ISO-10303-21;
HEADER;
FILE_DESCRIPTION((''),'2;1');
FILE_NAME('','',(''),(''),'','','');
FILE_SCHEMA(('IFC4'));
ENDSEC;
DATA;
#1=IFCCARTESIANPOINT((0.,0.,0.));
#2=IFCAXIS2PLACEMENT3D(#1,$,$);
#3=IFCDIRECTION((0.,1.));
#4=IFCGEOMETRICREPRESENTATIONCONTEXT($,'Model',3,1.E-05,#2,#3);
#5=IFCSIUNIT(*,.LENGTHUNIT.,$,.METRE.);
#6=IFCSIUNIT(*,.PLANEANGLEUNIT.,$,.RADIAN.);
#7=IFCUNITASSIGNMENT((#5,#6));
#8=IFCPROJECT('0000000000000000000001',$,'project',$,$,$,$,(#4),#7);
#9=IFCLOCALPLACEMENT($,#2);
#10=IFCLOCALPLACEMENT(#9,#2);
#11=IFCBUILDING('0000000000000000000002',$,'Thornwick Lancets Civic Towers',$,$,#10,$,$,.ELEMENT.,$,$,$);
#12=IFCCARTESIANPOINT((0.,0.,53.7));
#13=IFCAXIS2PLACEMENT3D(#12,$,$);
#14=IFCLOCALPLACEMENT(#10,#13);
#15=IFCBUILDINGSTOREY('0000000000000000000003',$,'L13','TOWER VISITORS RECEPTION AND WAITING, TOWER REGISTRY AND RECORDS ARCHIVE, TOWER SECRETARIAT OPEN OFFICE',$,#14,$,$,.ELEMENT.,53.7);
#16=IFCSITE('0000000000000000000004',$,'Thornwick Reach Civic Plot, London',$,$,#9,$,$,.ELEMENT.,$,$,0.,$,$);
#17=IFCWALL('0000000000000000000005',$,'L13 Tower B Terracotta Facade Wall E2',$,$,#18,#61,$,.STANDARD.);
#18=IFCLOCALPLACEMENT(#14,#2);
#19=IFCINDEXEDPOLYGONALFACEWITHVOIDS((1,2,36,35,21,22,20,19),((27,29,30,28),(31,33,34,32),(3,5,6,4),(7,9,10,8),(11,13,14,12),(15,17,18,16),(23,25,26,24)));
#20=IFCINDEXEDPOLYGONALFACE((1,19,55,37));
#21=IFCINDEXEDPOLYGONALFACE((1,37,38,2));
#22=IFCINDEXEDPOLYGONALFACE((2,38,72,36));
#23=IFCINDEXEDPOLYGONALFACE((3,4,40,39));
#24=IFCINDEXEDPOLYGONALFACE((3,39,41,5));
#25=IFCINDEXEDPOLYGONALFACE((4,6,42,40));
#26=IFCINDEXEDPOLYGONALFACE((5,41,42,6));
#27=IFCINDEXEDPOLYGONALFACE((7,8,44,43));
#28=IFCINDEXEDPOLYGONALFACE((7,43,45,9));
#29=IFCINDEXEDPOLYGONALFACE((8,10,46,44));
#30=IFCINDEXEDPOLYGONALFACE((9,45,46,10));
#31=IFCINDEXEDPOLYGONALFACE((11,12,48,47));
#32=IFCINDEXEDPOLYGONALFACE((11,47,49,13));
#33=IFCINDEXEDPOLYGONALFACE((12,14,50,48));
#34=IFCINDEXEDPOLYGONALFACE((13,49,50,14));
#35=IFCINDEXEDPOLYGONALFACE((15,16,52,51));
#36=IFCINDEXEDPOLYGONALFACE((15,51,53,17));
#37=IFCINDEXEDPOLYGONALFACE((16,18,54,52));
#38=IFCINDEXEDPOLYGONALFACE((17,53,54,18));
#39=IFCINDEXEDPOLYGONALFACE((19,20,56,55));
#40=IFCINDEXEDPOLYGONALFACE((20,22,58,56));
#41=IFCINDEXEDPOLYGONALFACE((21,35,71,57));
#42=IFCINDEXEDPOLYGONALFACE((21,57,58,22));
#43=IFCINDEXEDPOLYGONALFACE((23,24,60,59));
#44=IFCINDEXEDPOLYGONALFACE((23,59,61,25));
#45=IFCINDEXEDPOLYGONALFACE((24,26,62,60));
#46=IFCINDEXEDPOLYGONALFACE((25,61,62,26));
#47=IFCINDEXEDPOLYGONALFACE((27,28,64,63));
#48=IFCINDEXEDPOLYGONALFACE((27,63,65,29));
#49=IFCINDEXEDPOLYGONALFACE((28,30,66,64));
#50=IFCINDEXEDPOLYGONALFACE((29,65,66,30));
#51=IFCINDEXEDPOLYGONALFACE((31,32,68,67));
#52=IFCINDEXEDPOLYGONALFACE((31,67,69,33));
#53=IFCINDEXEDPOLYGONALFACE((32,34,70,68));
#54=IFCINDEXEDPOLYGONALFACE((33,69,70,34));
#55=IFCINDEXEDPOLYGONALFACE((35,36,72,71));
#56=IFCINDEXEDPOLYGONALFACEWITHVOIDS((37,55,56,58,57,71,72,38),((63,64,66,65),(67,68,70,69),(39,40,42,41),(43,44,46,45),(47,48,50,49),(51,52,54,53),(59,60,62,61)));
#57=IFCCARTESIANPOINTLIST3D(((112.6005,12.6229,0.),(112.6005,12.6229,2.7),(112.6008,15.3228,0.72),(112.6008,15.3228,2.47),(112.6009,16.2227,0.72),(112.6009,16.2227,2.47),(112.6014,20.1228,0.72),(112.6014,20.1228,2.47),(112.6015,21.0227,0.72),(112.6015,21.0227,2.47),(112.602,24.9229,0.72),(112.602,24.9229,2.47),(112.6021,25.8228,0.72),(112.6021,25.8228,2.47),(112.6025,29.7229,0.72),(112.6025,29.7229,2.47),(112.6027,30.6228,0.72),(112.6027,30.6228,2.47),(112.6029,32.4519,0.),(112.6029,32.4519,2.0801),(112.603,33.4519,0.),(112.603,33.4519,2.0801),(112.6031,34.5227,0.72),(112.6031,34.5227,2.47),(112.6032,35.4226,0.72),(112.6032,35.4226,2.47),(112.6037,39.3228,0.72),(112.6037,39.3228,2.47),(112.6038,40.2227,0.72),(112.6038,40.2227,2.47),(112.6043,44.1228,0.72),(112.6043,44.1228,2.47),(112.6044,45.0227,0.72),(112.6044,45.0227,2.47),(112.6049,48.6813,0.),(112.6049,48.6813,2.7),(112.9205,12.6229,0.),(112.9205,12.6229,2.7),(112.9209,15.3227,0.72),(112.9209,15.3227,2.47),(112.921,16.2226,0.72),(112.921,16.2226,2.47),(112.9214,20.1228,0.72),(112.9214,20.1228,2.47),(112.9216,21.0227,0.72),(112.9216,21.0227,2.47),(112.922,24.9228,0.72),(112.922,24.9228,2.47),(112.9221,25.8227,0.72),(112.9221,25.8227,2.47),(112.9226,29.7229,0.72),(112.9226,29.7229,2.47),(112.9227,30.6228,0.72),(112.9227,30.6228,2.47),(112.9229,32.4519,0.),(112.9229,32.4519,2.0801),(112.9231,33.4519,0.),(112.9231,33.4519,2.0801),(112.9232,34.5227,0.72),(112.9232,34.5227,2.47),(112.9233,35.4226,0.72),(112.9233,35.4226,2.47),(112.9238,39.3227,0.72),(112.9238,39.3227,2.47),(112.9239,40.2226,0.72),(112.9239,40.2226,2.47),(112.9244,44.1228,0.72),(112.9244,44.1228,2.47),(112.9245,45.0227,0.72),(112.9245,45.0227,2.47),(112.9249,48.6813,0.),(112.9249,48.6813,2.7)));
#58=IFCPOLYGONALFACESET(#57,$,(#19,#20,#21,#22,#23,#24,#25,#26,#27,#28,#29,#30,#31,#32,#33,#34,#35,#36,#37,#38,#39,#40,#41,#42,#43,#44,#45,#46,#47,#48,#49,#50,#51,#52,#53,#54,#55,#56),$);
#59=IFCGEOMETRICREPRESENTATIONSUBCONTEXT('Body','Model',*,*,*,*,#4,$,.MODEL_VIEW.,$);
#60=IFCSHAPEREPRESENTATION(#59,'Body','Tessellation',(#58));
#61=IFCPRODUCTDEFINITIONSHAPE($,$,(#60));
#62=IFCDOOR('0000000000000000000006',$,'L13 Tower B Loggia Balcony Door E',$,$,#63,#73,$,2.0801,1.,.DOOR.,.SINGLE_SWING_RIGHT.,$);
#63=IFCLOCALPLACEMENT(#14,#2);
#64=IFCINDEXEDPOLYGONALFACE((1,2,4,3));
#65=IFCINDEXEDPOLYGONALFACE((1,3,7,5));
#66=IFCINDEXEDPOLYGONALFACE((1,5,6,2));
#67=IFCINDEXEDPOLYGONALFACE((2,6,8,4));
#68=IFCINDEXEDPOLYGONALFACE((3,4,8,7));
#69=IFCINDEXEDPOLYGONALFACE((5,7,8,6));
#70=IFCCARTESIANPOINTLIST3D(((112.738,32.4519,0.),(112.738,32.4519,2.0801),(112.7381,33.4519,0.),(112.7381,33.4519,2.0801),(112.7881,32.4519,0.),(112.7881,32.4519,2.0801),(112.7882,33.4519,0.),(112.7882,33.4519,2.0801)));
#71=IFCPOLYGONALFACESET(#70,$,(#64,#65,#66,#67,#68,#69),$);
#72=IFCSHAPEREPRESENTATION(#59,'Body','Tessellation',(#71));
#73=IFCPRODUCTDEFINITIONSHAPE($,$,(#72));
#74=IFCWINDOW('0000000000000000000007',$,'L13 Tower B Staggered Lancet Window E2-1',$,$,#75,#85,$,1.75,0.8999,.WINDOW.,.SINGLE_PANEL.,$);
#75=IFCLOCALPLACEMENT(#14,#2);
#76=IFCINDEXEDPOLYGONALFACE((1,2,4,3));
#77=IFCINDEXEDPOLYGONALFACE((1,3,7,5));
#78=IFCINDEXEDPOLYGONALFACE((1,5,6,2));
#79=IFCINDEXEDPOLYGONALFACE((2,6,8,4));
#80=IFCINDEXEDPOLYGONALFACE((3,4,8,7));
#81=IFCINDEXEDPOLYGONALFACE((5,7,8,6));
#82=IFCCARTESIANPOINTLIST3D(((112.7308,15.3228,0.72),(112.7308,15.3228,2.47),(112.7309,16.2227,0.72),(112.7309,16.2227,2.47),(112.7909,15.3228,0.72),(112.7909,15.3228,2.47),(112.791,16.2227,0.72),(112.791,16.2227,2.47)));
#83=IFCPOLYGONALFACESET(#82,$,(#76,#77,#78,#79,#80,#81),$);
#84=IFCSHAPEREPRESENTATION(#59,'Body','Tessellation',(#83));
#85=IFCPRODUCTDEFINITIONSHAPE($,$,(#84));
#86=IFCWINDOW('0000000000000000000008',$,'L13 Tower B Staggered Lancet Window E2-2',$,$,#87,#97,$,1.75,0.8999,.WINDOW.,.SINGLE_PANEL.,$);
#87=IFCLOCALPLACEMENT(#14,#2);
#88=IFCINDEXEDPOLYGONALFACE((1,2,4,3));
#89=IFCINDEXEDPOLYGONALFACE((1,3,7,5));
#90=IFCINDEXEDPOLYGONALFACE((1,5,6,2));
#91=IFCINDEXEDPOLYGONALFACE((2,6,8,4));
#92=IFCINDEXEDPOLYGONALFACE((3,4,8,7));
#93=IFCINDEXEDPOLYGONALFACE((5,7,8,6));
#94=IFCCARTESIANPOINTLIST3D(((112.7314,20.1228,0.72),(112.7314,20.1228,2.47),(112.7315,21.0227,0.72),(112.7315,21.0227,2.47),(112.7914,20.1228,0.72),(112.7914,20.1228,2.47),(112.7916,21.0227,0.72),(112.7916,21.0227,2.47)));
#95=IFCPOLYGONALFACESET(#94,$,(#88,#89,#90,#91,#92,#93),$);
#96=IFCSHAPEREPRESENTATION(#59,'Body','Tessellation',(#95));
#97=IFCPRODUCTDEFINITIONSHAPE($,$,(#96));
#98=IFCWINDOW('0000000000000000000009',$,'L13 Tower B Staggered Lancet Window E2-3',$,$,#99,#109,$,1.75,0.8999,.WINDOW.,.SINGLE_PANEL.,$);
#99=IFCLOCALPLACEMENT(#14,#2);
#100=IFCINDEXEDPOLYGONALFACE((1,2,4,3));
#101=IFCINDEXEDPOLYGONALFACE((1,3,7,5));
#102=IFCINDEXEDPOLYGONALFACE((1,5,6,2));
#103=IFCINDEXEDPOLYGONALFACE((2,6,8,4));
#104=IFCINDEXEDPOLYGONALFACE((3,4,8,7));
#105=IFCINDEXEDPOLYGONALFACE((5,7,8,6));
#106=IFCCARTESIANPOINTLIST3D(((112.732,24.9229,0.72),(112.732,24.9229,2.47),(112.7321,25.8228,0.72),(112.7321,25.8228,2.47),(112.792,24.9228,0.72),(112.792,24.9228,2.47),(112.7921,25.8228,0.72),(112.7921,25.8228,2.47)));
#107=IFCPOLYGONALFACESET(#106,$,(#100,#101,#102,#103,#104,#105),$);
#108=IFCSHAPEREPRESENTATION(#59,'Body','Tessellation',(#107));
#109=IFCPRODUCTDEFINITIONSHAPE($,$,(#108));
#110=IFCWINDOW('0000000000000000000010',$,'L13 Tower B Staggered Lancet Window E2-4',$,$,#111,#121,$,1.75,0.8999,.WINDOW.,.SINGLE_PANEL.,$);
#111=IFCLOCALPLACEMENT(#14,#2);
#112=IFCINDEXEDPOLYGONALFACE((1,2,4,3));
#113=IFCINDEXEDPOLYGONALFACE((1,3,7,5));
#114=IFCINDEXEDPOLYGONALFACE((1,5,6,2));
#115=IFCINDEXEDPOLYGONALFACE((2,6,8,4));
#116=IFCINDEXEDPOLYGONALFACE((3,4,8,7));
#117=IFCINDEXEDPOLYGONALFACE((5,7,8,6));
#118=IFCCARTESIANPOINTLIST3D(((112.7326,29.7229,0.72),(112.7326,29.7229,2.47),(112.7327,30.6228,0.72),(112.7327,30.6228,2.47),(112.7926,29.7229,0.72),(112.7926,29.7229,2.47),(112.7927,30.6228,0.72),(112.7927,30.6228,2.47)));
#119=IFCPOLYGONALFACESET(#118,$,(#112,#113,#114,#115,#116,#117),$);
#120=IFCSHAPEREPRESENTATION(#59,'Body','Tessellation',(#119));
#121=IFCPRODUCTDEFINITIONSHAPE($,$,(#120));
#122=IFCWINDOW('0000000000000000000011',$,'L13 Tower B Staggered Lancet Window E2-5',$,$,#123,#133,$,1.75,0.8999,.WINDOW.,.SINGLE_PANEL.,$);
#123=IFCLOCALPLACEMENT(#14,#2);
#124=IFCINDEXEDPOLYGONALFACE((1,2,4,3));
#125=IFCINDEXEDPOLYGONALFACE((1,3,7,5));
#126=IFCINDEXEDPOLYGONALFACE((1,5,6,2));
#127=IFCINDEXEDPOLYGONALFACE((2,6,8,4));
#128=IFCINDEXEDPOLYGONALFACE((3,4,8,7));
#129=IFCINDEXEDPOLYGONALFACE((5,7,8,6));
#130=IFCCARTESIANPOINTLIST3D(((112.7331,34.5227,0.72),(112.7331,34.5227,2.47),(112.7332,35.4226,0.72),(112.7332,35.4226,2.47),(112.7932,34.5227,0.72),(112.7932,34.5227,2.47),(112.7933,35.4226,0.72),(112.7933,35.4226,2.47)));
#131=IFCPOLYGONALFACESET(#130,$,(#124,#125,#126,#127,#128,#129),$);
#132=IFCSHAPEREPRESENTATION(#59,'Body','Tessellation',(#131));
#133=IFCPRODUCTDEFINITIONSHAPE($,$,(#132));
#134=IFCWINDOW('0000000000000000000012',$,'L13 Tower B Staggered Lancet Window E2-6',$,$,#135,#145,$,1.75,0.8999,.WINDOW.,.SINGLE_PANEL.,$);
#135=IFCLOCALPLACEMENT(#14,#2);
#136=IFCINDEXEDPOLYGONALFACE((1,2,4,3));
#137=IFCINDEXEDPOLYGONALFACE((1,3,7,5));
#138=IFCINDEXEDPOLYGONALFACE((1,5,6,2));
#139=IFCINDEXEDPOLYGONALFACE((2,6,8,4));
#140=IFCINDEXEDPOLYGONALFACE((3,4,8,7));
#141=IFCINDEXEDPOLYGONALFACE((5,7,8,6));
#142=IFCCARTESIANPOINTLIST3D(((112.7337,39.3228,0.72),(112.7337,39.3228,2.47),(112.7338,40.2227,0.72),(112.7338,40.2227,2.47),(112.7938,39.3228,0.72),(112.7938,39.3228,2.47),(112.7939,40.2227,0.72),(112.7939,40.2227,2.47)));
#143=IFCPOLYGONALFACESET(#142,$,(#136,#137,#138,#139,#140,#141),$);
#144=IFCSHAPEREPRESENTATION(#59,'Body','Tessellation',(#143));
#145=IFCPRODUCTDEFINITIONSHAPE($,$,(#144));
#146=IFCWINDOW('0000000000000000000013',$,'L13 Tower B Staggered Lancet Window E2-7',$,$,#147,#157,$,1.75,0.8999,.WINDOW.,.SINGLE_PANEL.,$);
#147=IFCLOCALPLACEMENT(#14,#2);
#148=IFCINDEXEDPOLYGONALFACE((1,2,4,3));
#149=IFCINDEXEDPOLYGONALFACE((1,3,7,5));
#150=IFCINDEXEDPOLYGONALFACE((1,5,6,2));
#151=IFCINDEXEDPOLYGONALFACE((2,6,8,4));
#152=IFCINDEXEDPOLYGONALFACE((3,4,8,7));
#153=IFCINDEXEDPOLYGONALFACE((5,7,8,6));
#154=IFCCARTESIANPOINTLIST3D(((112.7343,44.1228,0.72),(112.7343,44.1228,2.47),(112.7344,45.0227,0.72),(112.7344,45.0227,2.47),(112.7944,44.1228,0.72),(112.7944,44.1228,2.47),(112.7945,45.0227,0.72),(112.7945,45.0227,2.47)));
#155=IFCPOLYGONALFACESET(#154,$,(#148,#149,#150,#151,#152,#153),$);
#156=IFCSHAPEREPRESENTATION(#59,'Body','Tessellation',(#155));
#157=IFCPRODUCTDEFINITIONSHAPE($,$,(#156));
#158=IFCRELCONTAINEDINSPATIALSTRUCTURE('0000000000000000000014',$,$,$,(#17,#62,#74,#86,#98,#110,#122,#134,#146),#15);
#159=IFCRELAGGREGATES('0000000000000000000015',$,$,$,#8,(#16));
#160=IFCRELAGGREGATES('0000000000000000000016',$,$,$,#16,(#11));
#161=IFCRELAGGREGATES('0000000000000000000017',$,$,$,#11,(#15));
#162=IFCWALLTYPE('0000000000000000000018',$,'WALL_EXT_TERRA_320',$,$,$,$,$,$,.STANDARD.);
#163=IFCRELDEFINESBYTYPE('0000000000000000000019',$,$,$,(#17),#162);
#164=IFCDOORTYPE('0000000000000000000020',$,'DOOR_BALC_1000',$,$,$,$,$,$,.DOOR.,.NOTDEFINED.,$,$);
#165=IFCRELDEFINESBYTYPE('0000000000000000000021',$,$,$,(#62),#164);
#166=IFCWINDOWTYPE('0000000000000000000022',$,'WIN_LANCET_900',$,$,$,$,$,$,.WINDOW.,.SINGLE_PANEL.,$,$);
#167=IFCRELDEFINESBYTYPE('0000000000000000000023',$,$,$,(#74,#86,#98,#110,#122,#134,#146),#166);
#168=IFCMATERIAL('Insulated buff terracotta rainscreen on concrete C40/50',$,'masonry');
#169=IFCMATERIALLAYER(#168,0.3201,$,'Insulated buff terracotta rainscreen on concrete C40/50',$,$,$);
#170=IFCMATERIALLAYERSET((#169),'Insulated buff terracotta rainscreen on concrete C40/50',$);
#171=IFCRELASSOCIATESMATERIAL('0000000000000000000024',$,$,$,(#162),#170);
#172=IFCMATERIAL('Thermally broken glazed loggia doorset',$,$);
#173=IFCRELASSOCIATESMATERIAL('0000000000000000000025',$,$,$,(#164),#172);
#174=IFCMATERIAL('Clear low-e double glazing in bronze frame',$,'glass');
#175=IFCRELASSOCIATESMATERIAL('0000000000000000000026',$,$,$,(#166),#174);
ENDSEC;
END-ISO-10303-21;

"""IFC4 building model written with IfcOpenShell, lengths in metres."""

from ifc_helpers import new_model, si_unit, direction, frame, frame_2d, origin, place, context, subcontext, project, spatial, rectangle, extrude, material, layer, layer_set, type_object, element, fill, save


model = new_model("IFC4")

# Units and contexts
model_context = context("Model", 3, precision=1e-05, world=origin(), true_north=direction((0.0, 1.0)))
body_context = subcontext(model_context, "Body", "Model", "MODEL_VIEW")
ifc_project = project(units=[si_unit("LENGTHUNIT", "METRE"), si_unit("PLANEANGLEUNIT", "RADIAN")], contexts=[model_context])

# Site, building, storey
site_placement = place(None, origin())
site = spatial("IfcSite", under=ifc_project, at=site_placement, Name="Thornwick Reach Civic Plot, London", CompositionType="ELEMENT", RefElevation=0.0)
building_placement = place(site_placement, origin())
building = spatial("IfcBuilding", under=site, at=building_placement, Name="Thornwick Lancets Civic Towers", CompositionType="ELEMENT")
storey_placement = place(building_placement, frame((0.0, 0.0, 53.7)))
storey = spatial("IfcBuildingStorey", under=building, at=storey_placement, Name="L13", Description="TOWER VISITORS RECEPTION AND WAITING, TOWER REGISTRY AND RECORDS ARCHIVE, TOWER SECRETARIAT OPEN OFFICE", CompositionType="ELEMENT", Elevation=53.7)

# Wall, openings, door, windows
ifc_material_1 = material(Name="Insulated buff terracotta rainscreen on concrete C40/50", Category="masonry")
ifc_layer_1 = layer(ifc_material_1, 0.3201, Name="Insulated buff terracotta rainscreen on concrete C40/50")
ifc_layer_set_1 = layer_set([ifc_layer_1], Name="Insulated buff terracotta rainscreen on concrete C40/50")
wall_type_1 = type_object("IfcWallType", Name="WALL_EXT_TERRA_320", PredefinedType="STANDARD", material=ifc_layer_set_1)
wall_1_placement = place(storey_placement, frame((112.7605, 12.6228, 0.0), z_axis=(0.0, 0.0, 1.0), x_axis=(0.000122, 1.0, 0.0)))
wall_1 = element("IfcWall", 1, at=wall_1_placement, inside=storey, type_object=wall_type_1, Name="L13 Tower B Terracotta Facade Wall E2", PredefinedType="STANDARD", context=body_context, shape_type="SweptSolid", body=[
    extrude(rectangle(XDim=36.0583, YDim=0.3201, at=frame_2d((18.0293, 0.0))), origin(), (0.0, 0.0, 1.0), 2.7),
])
opening_1_placement = place(wall_1_placement, frame((19.8291, 0.0, 0.0)))
opening_1 = element("IfcOpeningElement", 2, at=opening_1_placement, cuts=wall_1, PredefinedType="OPENING", context=body_context, shape_type="SweptSolid", body=[
    extrude(rectangle(XDim=1.0, YDim=2.0801, at=frame_2d((0.5, 1.04))), frame((0.0, 0.1699, 0.0), z_axis=(0.0, -1.0, 0.0), x_axis=(1.0, 0.0, 0.0)), (0.0, 0.0, 1.0), 0.3401),
])
opening_2_placement = place(wall_1_placement, frame((2.7, 0.0, 0.72)))
opening_2 = element("IfcOpeningElement", 3, at=opening_2_placement, cuts=wall_1, PredefinedType="OPENING", context=body_context, shape_type="SweptSolid", body=[
    extrude(rectangle(XDim=0.8999, YDim=1.75, at=frame_2d((0.45, 0.875))), frame((0.0, 0.1699, 0.0), z_axis=(0.0, -1.0, 0.0), x_axis=(1.0, 0.0, 0.0)), (0.0, 0.0, 1.0), 0.3401),
])
opening_3_placement = place(wall_1_placement, frame((7.5, 0.0, 0.72)))
opening_3 = element("IfcOpeningElement", 4, at=opening_3_placement, cuts=wall_1, PredefinedType="OPENING", context=body_context, shape_type="SweptSolid", body=[
    extrude(rectangle(XDim=0.8999, YDim=1.75, at=frame_2d((0.45, 0.875))), frame((0.0, 0.1699, 0.0), z_axis=(0.0, -1.0, 0.0), x_axis=(1.0, 0.0, 0.0)), (0.0, 0.0, 1.0), 0.3401),
])
opening_4_placement = place(wall_1_placement, frame((12.3, 0.0, 0.72)))
opening_4 = element("IfcOpeningElement", 5, at=opening_4_placement, cuts=wall_1, PredefinedType="OPENING", context=body_context, shape_type="SweptSolid", body=[
    extrude(rectangle(XDim=0.8999, YDim=1.75, at=frame_2d((0.45, 0.875))), frame((0.0, 0.1699, 0.0), z_axis=(0.0, -1.0, 0.0), x_axis=(1.0, 0.0, 0.0)), (0.0, 0.0, 1.0), 0.3401),
])
opening_5_placement = place(wall_1_placement, frame((17.1001, 0.0, 0.72)))
opening_5 = element("IfcOpeningElement", 6, at=opening_5_placement, cuts=wall_1, PredefinedType="OPENING", context=body_context, shape_type="SweptSolid", body=[
    extrude(rectangle(XDim=0.8999, YDim=1.75, at=frame_2d((0.45, 0.875))), frame((0.0, 0.1699, 0.0), z_axis=(0.0, -1.0, 0.0), x_axis=(1.0, 0.0, 0.0)), (0.0, 0.0, 1.0), 0.3401),
])
opening_6_placement = place(wall_1_placement, frame((21.8999, 0.0, 0.72)))
opening_6 = element("IfcOpeningElement", 7, at=opening_6_placement, cuts=wall_1, PredefinedType="OPENING", context=body_context, shape_type="SweptSolid", body=[
    extrude(rectangle(XDim=0.8999, YDim=1.75, at=frame_2d((0.45, 0.875))), frame((0.0, 0.1699, 0.0), z_axis=(0.0, -1.0, 0.0), x_axis=(1.0, 0.0, 0.0)), (0.0, 0.0, 1.0), 0.3401),
])
opening_7_placement = place(wall_1_placement, frame((26.7, 0.0, 0.72)))
opening_7 = element("IfcOpeningElement", 8, at=opening_7_placement, cuts=wall_1, PredefinedType="OPENING", context=body_context, shape_type="SweptSolid", body=[
    extrude(rectangle(XDim=0.8999, YDim=1.75, at=frame_2d((0.45, 0.875))), frame((0.0, 0.1699, 0.0), z_axis=(0.0, -1.0, 0.0), x_axis=(1.0, 0.0, 0.0)), (0.0, 0.0, 1.0), 0.3401),
])
opening_8_placement = place(wall_1_placement, frame((31.5, 0.0, 0.72)))
opening_8 = element("IfcOpeningElement", 9, at=opening_8_placement, cuts=wall_1, PredefinedType="OPENING", context=body_context, shape_type="SweptSolid", body=[
    extrude(rectangle(XDim=0.8999, YDim=1.75, at=frame_2d((0.45, 0.875))), frame((0.0, 0.1699, 0.0), z_axis=(0.0, -1.0, 0.0), x_axis=(1.0, 0.0, 0.0)), (0.0, 0.0, 1.0), 0.3401),
])
ifc_material_2 = material(Name="Thermally broken glazed loggia doorset")
door_type = type_object("IfcDoorType", Name="DOOR_BALC_1000", OperationType="NOTDEFINED", PredefinedType="DOOR", material=ifc_material_2)
door_placement = place(opening_1_placement, origin())
door = element("IfcDoor", 10, at=door_placement, inside=storey, type_object=door_type, Name="L13 Tower B Loggia Balcony Door E", OperationType="SINGLE_SWING_RIGHT", OverallHeight=2.0801, OverallWidth=1.0, PredefinedType="DOOR", context=body_context, shape_type="SweptSolid", body=[
    extrude(rectangle(XDim=1.0, YDim=2.0801, at=frame_2d((0.5, 1.04))), frame((0.0, 0.0249, 0.0), z_axis=(0.0, -1.0, 0.0), x_axis=(1.0, 0.0, 0.0)), (0.0, 0.0, 1.0), 0.05),
])
fill(opening_1, door)
ifc_material_3 = material(Name="Clear low-e double glazing in bronze frame", Category="glass")
window_type = type_object("IfcWindowType", Name="WIN_LANCET_900", PartitioningType="SINGLE_PANEL", PredefinedType="WINDOW", material=ifc_material_3)
window_1_placement = place(opening_2_placement, origin())
window_1 = element("IfcWindow", 11, at=window_1_placement, inside=storey, type_object=window_type, Name="L13 Tower B Staggered Lancet Window E2-1", OverallHeight=1.75, OverallWidth=0.8999, PartitioningType="SINGLE_PANEL", PredefinedType="WINDOW", context=body_context, shape_type="SweptSolid", body=[
    extrude(rectangle(XDim=0.8999, YDim=1.75, at=frame_2d((0.45, 0.875))), frame((0.0, 0.03, 0.0), z_axis=(0.0, -1.0, 0.0), x_axis=(1.0, 0.0, 0.0)), (0.0, 0.0, 1.0), 0.0601),
])
fill(opening_2, window_1)
window_2_placement = place(opening_3_placement, origin())
window_2 = element("IfcWindow", 12, at=window_2_placement, inside=storey, type_object=window_type, Name="L13 Tower B Staggered Lancet Window E2-2", OverallHeight=1.75, OverallWidth=0.8999, PartitioningType="SINGLE_PANEL", PredefinedType="WINDOW", context=body_context, shape_type="SweptSolid", body=[
    extrude(rectangle(XDim=0.8999, YDim=1.75, at=frame_2d((0.45, 0.875))), frame((0.0, 0.03, 0.0), z_axis=(0.0, -1.0, 0.0), x_axis=(1.0, 0.0, 0.0)), (0.0, 0.0, 1.0), 0.0601),
])
fill(opening_3, window_2)
window_3_placement = place(opening_4_placement, origin())
window_3 = element("IfcWindow", 13, at=window_3_placement, inside=storey, type_object=window_type, Name="L13 Tower B Staggered Lancet Window E2-3", OverallHeight=1.75, OverallWidth=0.8999, PartitioningType="SINGLE_PANEL", PredefinedType="WINDOW", context=body_context, shape_type="SweptSolid", body=[
    extrude(rectangle(XDim=0.8999, YDim=1.75, at=frame_2d((0.45, 0.875))), frame((0.0, 0.03, 0.0), z_axis=(0.0, -1.0, 0.0), x_axis=(1.0, 0.0, 0.0)), (0.0, 0.0, 1.0), 0.0601),
])
fill(opening_4, window_3)
window_4_placement = place(opening_5_placement, origin())
window_4 = element("IfcWindow", 14, at=window_4_placement, inside=storey, type_object=window_type, Name="L13 Tower B Staggered Lancet Window E2-4", OverallHeight=1.75, OverallWidth=0.8999, PartitioningType="SINGLE_PANEL", PredefinedType="WINDOW", context=body_context, shape_type="SweptSolid", body=[
    extrude(rectangle(XDim=0.8999, YDim=1.75, at=frame_2d((0.45, 0.875))), frame((0.0, 0.03, 0.0), z_axis=(0.0, -1.0, 0.0), x_axis=(1.0, 0.0, 0.0)), (0.0, 0.0, 1.0), 0.0601),
])
fill(opening_5, window_4)
window_5_placement = place(opening_6_placement, origin())
window_5 = element("IfcWindow", 15, at=window_5_placement, inside=storey, type_object=window_type, Name="L13 Tower B Staggered Lancet Window E2-5", OverallHeight=1.75, OverallWidth=0.8999, PartitioningType="SINGLE_PANEL", PredefinedType="WINDOW", context=body_context, shape_type="SweptSolid", body=[
    extrude(rectangle(XDim=0.8999, YDim=1.75, at=frame_2d((0.45, 0.875))), frame((0.0, 0.03, 0.0), z_axis=(0.0, -1.0, 0.0), x_axis=(1.0, 0.0, 0.0)), (0.0, 0.0, 1.0), 0.0601),
])
fill(opening_6, window_5)
window_6_placement = place(opening_7_placement, origin())
window_6 = element("IfcWindow", 16, at=window_6_placement, inside=storey, type_object=window_type, Name="L13 Tower B Staggered Lancet Window E2-6", OverallHeight=1.75, OverallWidth=0.8999, PartitioningType="SINGLE_PANEL", PredefinedType="WINDOW", context=body_context, shape_type="SweptSolid", body=[
    extrude(rectangle(XDim=0.8999, YDim=1.75, at=frame_2d((0.45, 0.875))), frame((0.0, 0.03, 0.0), z_axis=(0.0, -1.0, 0.0), x_axis=(1.0, 0.0, 0.0)), (0.0, 0.0, 1.0), 0.0601),
])
fill(opening_7, window_6)
window_7_placement = place(opening_8_placement, origin())
window_7 = element("IfcWindow", 17, at=window_7_placement, inside=storey, type_object=window_type, Name="L13 Tower B Staggered Lancet Window E2-7", OverallHeight=1.75, OverallWidth=0.8999, PartitioningType="SINGLE_PANEL", PredefinedType="WINDOW", context=body_context, shape_type="SweptSolid", body=[
    extrude(rectangle(XDim=0.8999, YDim=1.75, at=frame_2d((0.45, 0.875))), frame((0.0, 0.03, 0.0), z_axis=(0.0, -1.0, 0.0), x_axis=(1.0, 0.0, 0.0)), (0.0, 0.0, 1.0), 0.0601),
])
fill(opening_8, window_7)

save(model, "model.ifc")
